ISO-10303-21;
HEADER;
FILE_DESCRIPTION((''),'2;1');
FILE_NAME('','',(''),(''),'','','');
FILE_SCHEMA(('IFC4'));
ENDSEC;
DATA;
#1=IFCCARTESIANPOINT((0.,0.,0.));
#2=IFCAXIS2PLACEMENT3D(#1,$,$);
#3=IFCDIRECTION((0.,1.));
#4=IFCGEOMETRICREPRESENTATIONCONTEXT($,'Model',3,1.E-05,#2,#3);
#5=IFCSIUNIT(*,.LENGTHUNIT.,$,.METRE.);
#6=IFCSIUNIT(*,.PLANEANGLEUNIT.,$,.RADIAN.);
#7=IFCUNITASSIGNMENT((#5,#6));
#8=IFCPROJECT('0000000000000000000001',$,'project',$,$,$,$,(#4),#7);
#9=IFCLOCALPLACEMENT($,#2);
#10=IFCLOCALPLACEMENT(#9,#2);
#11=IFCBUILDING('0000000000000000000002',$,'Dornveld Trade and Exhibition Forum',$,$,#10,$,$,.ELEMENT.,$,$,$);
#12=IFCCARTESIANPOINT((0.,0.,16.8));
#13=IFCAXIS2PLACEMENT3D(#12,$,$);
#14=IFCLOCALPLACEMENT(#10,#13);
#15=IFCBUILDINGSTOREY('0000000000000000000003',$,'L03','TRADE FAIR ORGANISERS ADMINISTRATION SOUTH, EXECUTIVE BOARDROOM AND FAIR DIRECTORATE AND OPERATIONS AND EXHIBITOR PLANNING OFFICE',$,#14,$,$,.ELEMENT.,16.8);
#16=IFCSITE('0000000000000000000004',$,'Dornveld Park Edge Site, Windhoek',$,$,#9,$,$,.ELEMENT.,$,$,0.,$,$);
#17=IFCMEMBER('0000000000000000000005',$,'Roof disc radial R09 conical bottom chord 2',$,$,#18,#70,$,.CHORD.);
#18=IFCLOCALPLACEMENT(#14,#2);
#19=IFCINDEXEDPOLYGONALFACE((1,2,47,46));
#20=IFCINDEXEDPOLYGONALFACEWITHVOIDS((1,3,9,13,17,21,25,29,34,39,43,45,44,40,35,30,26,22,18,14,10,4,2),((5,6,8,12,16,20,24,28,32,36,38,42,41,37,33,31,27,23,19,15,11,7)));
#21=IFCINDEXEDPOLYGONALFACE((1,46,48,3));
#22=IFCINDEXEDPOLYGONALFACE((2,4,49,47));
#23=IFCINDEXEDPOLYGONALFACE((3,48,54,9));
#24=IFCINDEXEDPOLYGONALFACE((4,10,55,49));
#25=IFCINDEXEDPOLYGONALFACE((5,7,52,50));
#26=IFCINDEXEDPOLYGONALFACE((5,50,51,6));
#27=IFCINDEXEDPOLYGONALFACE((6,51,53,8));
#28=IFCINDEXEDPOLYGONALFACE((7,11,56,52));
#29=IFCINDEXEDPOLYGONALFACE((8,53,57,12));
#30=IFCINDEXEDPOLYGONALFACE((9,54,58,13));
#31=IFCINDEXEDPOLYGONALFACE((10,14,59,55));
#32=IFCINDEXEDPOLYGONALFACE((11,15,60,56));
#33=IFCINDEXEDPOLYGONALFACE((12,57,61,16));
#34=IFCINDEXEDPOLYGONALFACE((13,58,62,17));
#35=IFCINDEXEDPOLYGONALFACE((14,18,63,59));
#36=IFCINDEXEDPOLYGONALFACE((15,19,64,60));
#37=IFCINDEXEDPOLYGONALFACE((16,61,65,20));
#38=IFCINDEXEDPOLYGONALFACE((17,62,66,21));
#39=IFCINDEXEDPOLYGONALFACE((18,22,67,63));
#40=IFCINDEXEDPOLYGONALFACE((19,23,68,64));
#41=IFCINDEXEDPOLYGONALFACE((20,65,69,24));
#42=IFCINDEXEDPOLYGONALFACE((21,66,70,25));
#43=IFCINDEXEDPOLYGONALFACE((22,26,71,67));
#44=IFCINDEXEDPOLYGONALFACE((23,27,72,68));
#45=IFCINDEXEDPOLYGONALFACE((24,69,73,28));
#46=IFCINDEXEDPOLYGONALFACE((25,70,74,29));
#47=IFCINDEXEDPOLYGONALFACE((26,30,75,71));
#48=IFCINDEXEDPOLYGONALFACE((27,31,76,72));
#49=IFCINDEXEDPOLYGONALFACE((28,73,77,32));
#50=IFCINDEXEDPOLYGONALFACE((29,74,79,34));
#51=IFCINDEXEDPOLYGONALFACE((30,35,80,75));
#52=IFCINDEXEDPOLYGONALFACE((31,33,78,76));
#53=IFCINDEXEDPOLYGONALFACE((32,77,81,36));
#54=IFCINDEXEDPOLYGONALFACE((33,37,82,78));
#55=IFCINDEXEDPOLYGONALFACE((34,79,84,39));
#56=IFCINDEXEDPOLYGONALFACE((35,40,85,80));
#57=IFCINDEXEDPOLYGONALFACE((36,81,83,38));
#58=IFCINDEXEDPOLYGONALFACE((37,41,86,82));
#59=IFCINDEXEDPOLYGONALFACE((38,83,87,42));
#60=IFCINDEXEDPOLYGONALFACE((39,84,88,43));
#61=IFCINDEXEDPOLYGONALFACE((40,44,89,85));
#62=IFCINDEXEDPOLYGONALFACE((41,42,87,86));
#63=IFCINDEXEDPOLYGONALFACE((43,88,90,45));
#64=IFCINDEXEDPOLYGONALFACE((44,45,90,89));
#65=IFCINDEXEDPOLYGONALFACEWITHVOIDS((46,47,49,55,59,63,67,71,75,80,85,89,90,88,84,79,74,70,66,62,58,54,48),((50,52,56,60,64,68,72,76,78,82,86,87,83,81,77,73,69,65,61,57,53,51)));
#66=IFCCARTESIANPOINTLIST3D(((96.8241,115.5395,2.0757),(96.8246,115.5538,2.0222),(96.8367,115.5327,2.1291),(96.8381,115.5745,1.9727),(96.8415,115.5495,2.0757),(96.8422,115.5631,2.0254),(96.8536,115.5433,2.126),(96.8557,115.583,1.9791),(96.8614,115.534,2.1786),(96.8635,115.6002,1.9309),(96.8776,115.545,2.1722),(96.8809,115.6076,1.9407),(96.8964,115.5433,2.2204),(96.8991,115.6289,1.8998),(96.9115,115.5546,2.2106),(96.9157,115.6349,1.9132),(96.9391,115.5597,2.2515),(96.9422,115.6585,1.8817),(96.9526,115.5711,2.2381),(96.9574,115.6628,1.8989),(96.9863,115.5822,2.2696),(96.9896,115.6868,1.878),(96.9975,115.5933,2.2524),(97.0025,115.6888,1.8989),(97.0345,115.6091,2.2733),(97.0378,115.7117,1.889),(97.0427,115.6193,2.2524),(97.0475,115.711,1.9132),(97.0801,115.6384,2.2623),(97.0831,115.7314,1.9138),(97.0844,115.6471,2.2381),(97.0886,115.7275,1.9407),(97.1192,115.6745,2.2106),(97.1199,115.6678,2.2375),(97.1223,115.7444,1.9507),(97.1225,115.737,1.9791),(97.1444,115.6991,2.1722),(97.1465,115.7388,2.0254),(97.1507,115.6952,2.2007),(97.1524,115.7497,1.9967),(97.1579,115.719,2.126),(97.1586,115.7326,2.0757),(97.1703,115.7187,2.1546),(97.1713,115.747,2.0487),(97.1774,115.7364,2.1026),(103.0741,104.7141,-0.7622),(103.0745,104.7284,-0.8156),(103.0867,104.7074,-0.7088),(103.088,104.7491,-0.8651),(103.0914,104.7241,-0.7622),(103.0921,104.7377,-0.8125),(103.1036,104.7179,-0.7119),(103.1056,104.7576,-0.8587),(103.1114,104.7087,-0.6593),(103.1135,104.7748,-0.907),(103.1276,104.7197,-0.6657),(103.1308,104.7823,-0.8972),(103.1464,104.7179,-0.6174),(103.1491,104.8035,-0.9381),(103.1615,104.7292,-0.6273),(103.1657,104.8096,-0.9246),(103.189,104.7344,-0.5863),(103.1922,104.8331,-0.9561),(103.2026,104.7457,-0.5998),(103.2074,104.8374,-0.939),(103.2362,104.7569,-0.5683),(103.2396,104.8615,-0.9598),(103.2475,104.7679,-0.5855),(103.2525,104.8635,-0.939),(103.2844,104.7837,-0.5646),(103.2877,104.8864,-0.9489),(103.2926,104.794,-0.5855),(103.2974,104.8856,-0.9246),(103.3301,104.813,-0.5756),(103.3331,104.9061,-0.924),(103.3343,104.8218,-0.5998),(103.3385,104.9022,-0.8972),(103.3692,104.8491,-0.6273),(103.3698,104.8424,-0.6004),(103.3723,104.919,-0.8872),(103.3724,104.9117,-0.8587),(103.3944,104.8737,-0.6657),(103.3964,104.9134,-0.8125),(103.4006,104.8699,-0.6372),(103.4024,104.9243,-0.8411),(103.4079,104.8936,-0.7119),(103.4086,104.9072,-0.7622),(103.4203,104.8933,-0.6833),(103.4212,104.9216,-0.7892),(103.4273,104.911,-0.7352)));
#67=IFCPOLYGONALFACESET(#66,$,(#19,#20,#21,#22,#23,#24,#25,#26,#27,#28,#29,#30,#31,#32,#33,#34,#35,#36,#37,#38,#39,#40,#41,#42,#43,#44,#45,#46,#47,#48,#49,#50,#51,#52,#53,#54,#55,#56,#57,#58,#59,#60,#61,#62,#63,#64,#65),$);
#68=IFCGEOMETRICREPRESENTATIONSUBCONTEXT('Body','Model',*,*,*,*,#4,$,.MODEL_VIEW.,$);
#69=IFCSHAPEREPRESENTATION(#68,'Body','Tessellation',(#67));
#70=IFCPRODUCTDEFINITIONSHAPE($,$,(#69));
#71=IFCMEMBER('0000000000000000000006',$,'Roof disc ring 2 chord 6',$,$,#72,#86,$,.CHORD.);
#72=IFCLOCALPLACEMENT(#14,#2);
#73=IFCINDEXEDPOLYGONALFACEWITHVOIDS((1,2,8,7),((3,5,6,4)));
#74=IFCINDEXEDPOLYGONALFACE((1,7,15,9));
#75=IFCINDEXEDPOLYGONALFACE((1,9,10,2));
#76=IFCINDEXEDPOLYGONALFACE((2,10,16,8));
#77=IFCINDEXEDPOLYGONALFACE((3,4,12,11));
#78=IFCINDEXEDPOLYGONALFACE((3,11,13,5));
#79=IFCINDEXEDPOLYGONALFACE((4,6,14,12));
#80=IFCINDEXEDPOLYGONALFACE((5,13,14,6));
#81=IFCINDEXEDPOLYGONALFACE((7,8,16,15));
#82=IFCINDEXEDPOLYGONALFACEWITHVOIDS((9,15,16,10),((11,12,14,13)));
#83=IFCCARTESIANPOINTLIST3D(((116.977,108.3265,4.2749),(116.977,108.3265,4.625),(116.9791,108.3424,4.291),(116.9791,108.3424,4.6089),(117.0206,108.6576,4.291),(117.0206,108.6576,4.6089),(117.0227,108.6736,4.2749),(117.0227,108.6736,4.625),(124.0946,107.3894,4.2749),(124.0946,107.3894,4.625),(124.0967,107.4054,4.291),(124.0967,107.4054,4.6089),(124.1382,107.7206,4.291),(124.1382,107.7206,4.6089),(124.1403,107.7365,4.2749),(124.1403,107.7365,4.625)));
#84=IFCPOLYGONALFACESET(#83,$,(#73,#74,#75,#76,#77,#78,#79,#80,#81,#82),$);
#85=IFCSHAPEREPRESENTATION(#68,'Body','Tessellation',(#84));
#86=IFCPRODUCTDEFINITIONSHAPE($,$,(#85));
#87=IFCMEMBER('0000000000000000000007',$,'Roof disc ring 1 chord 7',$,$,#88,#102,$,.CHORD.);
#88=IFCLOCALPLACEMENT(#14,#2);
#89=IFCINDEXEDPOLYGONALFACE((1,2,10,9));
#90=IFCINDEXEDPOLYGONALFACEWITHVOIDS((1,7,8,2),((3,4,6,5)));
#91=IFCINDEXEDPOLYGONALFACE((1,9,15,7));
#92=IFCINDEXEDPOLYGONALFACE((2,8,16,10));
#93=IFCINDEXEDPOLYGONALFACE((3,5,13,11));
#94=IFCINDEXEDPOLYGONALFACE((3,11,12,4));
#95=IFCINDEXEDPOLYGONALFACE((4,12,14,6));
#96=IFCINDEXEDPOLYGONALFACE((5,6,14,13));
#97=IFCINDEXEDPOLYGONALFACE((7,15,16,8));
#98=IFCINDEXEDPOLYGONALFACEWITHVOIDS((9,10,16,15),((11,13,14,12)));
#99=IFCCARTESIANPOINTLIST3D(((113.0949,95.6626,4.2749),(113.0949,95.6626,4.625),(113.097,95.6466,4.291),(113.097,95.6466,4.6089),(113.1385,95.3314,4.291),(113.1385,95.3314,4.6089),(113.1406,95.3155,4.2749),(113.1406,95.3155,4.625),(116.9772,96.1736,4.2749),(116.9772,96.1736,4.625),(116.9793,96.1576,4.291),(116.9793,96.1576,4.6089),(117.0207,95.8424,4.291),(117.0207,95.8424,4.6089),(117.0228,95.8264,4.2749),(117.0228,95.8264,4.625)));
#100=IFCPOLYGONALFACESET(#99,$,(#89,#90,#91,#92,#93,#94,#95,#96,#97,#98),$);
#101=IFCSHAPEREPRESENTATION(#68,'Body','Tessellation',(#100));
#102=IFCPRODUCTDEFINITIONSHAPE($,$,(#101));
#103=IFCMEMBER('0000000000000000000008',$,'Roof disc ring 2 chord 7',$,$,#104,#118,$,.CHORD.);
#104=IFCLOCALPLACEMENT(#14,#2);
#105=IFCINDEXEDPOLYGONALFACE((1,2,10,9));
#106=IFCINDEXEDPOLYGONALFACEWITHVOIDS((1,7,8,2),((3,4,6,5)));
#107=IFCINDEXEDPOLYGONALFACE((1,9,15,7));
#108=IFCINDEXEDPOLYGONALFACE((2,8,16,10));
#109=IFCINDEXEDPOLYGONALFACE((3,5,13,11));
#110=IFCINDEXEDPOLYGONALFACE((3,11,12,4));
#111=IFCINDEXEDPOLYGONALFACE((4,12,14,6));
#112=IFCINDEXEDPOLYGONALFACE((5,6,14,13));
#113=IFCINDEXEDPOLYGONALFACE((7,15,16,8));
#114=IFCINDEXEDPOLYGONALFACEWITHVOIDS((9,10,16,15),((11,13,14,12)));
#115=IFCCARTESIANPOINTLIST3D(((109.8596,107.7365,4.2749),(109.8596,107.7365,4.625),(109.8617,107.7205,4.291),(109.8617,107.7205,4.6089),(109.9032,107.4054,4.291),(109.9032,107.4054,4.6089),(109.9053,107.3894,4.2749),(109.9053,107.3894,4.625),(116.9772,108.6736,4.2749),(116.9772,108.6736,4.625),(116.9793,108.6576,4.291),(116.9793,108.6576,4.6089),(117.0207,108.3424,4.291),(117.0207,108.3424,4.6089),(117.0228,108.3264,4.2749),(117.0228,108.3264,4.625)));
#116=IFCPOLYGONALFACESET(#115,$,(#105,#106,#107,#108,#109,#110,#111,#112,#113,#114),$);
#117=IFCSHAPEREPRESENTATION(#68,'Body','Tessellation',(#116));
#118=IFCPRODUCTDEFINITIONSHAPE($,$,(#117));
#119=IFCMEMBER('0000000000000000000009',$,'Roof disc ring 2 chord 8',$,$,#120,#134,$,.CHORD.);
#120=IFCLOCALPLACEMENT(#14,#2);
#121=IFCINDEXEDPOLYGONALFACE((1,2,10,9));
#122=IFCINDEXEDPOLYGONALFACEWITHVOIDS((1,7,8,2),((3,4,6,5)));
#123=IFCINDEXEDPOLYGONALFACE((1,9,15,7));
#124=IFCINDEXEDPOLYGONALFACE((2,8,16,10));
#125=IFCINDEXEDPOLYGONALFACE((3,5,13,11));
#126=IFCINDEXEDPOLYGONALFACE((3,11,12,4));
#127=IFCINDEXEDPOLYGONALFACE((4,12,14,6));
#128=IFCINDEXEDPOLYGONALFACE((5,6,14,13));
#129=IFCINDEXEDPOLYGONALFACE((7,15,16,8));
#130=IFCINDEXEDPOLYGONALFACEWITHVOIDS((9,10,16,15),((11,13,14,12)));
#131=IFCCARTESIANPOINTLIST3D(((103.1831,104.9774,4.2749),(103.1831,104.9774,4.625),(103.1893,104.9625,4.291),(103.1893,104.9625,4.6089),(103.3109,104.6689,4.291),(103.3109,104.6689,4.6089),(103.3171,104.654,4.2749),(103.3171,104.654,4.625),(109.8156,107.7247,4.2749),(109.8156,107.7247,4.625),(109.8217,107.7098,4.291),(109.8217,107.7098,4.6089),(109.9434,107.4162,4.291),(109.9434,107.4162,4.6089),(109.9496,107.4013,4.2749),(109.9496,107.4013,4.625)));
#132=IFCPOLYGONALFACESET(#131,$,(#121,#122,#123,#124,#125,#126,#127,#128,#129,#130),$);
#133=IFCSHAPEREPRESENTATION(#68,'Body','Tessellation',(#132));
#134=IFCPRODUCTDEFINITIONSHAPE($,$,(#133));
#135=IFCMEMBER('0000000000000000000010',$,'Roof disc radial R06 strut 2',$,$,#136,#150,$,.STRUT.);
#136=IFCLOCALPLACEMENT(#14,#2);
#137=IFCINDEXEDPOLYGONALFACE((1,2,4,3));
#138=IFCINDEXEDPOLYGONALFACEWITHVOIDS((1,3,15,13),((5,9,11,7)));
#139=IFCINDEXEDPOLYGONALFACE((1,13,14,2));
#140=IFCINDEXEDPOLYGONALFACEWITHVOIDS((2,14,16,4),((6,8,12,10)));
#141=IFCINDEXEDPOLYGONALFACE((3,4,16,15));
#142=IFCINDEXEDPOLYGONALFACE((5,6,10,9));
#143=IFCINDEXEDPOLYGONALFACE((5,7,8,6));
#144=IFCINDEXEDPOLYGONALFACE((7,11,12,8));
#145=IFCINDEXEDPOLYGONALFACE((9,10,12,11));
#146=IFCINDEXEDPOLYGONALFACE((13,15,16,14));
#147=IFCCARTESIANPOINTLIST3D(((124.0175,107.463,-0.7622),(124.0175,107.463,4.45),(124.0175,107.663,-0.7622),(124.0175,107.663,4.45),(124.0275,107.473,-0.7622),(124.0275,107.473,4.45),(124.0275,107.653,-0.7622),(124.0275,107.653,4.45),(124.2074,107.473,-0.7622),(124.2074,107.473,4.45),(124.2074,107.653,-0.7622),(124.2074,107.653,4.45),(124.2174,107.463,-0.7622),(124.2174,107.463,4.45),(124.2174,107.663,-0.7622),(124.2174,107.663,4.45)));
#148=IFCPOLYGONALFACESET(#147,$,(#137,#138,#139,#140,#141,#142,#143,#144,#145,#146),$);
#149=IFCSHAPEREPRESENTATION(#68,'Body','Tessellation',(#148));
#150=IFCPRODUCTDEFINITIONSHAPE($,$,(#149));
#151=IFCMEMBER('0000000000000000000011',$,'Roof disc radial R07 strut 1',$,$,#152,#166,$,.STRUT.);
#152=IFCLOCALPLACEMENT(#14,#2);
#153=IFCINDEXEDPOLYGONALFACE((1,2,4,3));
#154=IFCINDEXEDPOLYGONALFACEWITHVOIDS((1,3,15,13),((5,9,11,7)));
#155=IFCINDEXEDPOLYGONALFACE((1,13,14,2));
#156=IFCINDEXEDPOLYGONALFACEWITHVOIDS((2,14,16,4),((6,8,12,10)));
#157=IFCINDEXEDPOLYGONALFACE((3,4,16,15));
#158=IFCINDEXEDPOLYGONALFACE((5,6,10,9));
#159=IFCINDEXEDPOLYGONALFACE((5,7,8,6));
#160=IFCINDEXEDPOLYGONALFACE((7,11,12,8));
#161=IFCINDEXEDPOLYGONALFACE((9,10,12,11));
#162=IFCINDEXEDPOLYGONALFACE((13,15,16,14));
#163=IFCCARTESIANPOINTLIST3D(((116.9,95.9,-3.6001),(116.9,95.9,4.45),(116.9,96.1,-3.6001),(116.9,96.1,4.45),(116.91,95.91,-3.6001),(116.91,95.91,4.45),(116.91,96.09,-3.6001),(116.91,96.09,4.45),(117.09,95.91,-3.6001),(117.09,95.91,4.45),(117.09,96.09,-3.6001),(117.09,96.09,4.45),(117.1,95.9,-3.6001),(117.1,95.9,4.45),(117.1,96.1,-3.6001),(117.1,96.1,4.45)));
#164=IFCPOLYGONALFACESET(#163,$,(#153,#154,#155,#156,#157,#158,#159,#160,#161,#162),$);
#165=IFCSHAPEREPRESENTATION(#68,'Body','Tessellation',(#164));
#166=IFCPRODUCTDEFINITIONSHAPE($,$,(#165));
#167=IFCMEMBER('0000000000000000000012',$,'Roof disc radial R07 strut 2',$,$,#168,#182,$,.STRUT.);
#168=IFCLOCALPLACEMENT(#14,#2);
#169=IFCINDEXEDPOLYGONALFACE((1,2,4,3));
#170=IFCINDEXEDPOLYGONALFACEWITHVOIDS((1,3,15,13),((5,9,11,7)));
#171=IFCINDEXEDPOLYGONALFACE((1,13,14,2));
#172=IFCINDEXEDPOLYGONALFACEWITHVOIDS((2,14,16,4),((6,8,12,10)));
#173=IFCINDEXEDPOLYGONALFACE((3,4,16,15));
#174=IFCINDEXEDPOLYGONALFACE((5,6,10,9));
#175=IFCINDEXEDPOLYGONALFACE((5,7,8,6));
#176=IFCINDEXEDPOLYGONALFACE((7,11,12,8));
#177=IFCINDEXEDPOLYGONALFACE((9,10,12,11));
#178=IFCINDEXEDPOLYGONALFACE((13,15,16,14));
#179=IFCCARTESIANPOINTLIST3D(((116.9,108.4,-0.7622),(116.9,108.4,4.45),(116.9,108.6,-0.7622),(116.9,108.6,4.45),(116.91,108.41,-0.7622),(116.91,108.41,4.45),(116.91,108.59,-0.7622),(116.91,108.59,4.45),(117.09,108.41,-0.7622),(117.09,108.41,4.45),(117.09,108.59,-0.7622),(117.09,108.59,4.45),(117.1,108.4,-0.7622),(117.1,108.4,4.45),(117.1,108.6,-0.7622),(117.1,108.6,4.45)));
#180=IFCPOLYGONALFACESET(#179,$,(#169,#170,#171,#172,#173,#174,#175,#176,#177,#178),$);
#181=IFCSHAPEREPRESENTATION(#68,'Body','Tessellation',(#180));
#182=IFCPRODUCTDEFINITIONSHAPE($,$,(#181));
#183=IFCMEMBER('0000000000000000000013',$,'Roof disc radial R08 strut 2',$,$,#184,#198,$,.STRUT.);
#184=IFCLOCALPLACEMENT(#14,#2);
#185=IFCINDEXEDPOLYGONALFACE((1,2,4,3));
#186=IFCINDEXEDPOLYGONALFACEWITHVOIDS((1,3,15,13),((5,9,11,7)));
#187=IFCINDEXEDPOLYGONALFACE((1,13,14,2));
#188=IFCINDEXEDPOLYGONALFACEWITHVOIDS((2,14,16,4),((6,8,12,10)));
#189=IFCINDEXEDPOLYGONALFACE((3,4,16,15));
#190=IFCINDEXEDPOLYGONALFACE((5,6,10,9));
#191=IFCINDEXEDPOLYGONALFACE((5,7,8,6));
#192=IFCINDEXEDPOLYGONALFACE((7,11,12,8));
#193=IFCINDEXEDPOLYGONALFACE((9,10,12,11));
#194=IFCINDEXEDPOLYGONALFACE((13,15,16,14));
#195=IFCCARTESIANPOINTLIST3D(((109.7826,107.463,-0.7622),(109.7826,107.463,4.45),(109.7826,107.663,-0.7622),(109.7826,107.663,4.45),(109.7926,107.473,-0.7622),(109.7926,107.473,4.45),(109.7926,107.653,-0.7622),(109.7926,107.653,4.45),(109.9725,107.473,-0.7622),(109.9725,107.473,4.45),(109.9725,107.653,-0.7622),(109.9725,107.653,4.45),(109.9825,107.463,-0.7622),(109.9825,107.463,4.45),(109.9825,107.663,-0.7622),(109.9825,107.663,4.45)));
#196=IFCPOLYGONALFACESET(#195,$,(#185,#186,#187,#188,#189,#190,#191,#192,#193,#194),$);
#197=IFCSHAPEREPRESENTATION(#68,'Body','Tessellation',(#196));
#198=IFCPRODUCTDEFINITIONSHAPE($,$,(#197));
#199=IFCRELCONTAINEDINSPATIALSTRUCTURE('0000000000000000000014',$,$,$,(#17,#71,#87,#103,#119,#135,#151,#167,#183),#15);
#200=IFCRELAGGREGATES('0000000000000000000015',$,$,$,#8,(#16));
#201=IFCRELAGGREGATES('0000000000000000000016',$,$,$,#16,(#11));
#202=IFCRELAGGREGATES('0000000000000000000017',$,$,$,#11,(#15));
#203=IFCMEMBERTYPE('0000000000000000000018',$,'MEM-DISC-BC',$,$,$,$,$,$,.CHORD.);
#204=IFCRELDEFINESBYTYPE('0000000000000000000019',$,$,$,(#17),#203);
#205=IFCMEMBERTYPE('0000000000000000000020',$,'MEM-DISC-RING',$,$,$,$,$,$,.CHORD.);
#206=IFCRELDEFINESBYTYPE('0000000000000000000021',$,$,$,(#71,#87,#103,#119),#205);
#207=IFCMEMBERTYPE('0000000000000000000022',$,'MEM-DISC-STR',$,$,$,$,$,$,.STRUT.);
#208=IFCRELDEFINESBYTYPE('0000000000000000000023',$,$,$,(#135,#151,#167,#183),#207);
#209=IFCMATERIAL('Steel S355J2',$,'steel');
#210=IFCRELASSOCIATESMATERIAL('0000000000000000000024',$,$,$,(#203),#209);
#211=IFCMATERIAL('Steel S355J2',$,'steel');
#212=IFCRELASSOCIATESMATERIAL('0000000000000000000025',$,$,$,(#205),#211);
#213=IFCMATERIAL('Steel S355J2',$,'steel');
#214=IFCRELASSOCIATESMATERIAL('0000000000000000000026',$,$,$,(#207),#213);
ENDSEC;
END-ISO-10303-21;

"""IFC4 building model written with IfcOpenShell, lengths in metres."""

from ifc_helpers import new_model, si_unit, direction, frame, origin, origin_2d, place, context, subcontext, project, spatial, hollow_rectangle, hollow_circle, extrude, material, material_profile, profile_set, type_object, element, save


model = new_model("IFC4")

# Units and contexts
model_context = context("Model", 3, precision=1e-05, world=origin(), true_north=direction((0.0, 1.0)))
body_context = subcontext(model_context, "Body", "Model", "MODEL_VIEW")
ifc_project = project(units=[si_unit("LENGTHUNIT", "METRE"), si_unit("PLANEANGLEUNIT", "RADIAN")], contexts=[model_context])

# Site, building, storey
site_placement = place(None, origin())
site = spatial("IfcSite", under=ifc_project, at=site_placement, Name="Dornveld Park Edge Site, Windhoek", CompositionType="ELEMENT", RefElevation=0.0)
building_placement = place(site_placement, origin())
building = spatial("IfcBuilding", under=site, at=building_placement, Name="Dornveld Trade and Exhibition Forum", CompositionType="ELEMENT")
storey_placement = place(building_placement, frame((0.0, 0.0, 16.8)))
storey = spatial("IfcBuildingStorey", under=building, at=storey_placement, Name="L03", Description="TRADE FAIR ORGANISERS ADMINISTRATION SOUTH, EXECUTIVE BOARDROOM AND FAIR DIRECTORATE AND OPERATIONS AND EXHIBITOR PLANNING OFFICE", CompositionType="ELEMENT", Elevation=16.8)

# Members
ifc_material_1 = material(Name="Steel S355J2", Category="steel")
ifc_material_profile_1 = material_profile(ifc_material_1, hollow_circle(Radius=0.2031, WallThickness=0.02, at=origin_2d()), Name="CHS 406.4x20")
ifc_profile_set_1 = profile_set([ifc_material_profile_1], Name="Steel S355J2")
member_type_1 = type_object("IfcMemberType", Name="MEM-DISC-BC", PredefinedType="CHORD", material=ifc_profile_set_1)
for number, where, z_axis, x_axis, name in (
    (1, (103.25, 104.8157, -0.7622), (-0.487588, 0.844537, 0.221395), (-0.866028, -0.499996, 0.0), "Roof disc radial R09 conical bottom chord 2"),
):
    element("IfcMember", number, at=place(storey_placement, frame(where, z_axis=z_axis, x_axis=x_axis)), inside=storey, type_object=member_type_1, Name=name, PredefinedType="CHORD", context=body_context, shape_type="SweptSolid", body=[
        extrude(hollow_circle(Radius=0.2031, WallThickness=0.02, at=origin_2d()), origin(), (0.0, 0.0, 1.0), 12.8181),
    ])
ifc_material_2 = material(Name="Steel S355J2", Category="steel")
ifc_material_profile_2 = material_profile(ifc_material_2, hollow_rectangle(XDim=0.3501, YDim=0.3501, WallThickness=0.0161, at=origin_2d()), Name="SHS 350x350x16")
ifc_profile_set_2 = profile_set([ifc_material_profile_2], Name="Steel S355J2")
member_type_2 = type_object("IfcMemberType", Name="MEM-DISC-RING", PredefinedType="CHORD", material=ifc_profile_set_2)
member_1_placement = place(storey_placement, frame((124.1174, 107.563, 4.45), z_axis=(-0.991445, 0.130524, 0.0), x_axis=(-0.130524, -0.991445, 0.0)))
element("IfcMember", 2, at=member_1_placement, inside=storey, type_object=member_type_2, Name="Roof disc ring 2 chord 6", PredefinedType="CHORD", context=body_context, shape_type="SweptSolid", body=[
    extrude(hollow_rectangle(XDim=0.3501, YDim=0.3501, WallThickness=0.0161, at=origin_2d()), origin(), (0.0, 0.0, 1.0), 7.179),
])
member_2_placement = place(storey_placement, frame((117.0, 96.0, 4.45), z_axis=(-0.991449, -0.130493, 0.0), x_axis=(0.130493, -0.991449, 0.0)))
element("IfcMember", 3, at=member_2_placement, inside=storey, type_object=member_type_2, Name="Roof disc ring 1 chord 7", PredefinedType="CHORD", context=body_context, shape_type="SweptSolid", body=[
    extrude(hollow_rectangle(XDim=0.3501, YDim=0.3501, WallThickness=0.0161, at=origin_2d()), origin(), (0.0, 0.0, 1.0), 3.9158),
])
for number, where, z_axis, x_axis, name in (
    (4, (117.0, 108.5, 4.45), (-0.991445, -0.130524, 0.0), (0.130524, -0.991445, 0.0), "Roof disc ring 2 chord 7"),
    (5, (109.8826, 107.563, 4.45), (-0.923879, -0.382685, 0.0), (0.382685, -0.923879, 0.0), "Roof disc ring 2 chord 8"),
):
    element("IfcMember", number, at=place(storey_placement, frame(where, z_axis=z_axis, x_axis=x_axis)), inside=storey, type_object=member_type_2, Name=name, PredefinedType="CHORD", context=body_context, shape_type="SweptSolid", body=[
        extrude(hollow_rectangle(XDim=0.3501, YDim=0.3501, WallThickness=0.0161, at=origin_2d()), origin(), (0.0, 0.0, 1.0), 7.179),
    ])
ifc_material_3 = material(Name="Steel S355J2", Category="steel")
ifc_material_profile_3 = material_profile(ifc_material_3, hollow_rectangle(XDim=0.2, YDim=0.2, WallThickness=0.01, at=origin_2d()), Name="SHS 200x200x10")
ifc_profile_set_3 = profile_set([ifc_material_profile_3], Name="Steel S355J2")
member_type_3 = type_object("IfcMemberType", Name="MEM-DISC-STR", PredefinedType="STRUT", material=ifc_profile_set_3)
member_3_placement = place(storey_placement, frame((124.1174, 107.563, -0.7622), z_axis=(0.0, 0.0, 1.0), x_axis=(1.0, 0.0, 0.0)))
element("IfcMember", 6, at=member_3_placement, inside=storey, type_object=member_type_3, Name="Roof disc radial R06 strut 2", PredefinedType="STRUT", context=body_context, shape_type="SweptSolid", body=[
    extrude(hollow_rectangle(XDim=0.2, YDim=0.2, WallThickness=0.01, at=origin_2d()), origin(), (0.0, 0.0, 1.0), 5.2122),
])
member_4_placement = place(storey_placement, frame((117.0, 96.0, -3.6001), z_axis=(0.0, 0.0, 1.0), x_axis=(1.0, 0.0, 0.0)))
element("IfcMember", 7, at=member_4_placement, inside=storey, type_object=member_type_3, Name="Roof disc radial R07 strut 1", PredefinedType="STRUT", context=body_context, shape_type="SweptSolid", body=[
    extrude(hollow_rectangle(XDim=0.2, YDim=0.2, WallThickness=0.01, at=origin_2d()), origin(), (0.0, 0.0, 1.0), 8.05),
])
for number, where, z_axis, x_axis, name in (
    (8, (117.0, 108.5, -0.7622), (0.0, 0.0, 1.0), (1.0, 0.0, 0.0), "Roof disc radial R07 strut 2"),
    (9, (109.8826, 107.563, -0.7622), (0.0, 0.0, 1.0), (1.0, 0.0, 0.0), "Roof disc radial R08 strut 2"),
):
    element("IfcMember", number, at=place(storey_placement, frame(where, z_axis=z_axis, x_axis=x_axis)), inside=storey, type_object=member_type_3, Name=name, PredefinedType="STRUT", context=body_context, shape_type="SweptSolid", body=[
        extrude(hollow_rectangle(XDim=0.2, YDim=0.2, WallThickness=0.01, at=origin_2d()), origin(), (0.0, 0.0, 1.0), 5.2122),
    ])

save(model, "model.ifc")
